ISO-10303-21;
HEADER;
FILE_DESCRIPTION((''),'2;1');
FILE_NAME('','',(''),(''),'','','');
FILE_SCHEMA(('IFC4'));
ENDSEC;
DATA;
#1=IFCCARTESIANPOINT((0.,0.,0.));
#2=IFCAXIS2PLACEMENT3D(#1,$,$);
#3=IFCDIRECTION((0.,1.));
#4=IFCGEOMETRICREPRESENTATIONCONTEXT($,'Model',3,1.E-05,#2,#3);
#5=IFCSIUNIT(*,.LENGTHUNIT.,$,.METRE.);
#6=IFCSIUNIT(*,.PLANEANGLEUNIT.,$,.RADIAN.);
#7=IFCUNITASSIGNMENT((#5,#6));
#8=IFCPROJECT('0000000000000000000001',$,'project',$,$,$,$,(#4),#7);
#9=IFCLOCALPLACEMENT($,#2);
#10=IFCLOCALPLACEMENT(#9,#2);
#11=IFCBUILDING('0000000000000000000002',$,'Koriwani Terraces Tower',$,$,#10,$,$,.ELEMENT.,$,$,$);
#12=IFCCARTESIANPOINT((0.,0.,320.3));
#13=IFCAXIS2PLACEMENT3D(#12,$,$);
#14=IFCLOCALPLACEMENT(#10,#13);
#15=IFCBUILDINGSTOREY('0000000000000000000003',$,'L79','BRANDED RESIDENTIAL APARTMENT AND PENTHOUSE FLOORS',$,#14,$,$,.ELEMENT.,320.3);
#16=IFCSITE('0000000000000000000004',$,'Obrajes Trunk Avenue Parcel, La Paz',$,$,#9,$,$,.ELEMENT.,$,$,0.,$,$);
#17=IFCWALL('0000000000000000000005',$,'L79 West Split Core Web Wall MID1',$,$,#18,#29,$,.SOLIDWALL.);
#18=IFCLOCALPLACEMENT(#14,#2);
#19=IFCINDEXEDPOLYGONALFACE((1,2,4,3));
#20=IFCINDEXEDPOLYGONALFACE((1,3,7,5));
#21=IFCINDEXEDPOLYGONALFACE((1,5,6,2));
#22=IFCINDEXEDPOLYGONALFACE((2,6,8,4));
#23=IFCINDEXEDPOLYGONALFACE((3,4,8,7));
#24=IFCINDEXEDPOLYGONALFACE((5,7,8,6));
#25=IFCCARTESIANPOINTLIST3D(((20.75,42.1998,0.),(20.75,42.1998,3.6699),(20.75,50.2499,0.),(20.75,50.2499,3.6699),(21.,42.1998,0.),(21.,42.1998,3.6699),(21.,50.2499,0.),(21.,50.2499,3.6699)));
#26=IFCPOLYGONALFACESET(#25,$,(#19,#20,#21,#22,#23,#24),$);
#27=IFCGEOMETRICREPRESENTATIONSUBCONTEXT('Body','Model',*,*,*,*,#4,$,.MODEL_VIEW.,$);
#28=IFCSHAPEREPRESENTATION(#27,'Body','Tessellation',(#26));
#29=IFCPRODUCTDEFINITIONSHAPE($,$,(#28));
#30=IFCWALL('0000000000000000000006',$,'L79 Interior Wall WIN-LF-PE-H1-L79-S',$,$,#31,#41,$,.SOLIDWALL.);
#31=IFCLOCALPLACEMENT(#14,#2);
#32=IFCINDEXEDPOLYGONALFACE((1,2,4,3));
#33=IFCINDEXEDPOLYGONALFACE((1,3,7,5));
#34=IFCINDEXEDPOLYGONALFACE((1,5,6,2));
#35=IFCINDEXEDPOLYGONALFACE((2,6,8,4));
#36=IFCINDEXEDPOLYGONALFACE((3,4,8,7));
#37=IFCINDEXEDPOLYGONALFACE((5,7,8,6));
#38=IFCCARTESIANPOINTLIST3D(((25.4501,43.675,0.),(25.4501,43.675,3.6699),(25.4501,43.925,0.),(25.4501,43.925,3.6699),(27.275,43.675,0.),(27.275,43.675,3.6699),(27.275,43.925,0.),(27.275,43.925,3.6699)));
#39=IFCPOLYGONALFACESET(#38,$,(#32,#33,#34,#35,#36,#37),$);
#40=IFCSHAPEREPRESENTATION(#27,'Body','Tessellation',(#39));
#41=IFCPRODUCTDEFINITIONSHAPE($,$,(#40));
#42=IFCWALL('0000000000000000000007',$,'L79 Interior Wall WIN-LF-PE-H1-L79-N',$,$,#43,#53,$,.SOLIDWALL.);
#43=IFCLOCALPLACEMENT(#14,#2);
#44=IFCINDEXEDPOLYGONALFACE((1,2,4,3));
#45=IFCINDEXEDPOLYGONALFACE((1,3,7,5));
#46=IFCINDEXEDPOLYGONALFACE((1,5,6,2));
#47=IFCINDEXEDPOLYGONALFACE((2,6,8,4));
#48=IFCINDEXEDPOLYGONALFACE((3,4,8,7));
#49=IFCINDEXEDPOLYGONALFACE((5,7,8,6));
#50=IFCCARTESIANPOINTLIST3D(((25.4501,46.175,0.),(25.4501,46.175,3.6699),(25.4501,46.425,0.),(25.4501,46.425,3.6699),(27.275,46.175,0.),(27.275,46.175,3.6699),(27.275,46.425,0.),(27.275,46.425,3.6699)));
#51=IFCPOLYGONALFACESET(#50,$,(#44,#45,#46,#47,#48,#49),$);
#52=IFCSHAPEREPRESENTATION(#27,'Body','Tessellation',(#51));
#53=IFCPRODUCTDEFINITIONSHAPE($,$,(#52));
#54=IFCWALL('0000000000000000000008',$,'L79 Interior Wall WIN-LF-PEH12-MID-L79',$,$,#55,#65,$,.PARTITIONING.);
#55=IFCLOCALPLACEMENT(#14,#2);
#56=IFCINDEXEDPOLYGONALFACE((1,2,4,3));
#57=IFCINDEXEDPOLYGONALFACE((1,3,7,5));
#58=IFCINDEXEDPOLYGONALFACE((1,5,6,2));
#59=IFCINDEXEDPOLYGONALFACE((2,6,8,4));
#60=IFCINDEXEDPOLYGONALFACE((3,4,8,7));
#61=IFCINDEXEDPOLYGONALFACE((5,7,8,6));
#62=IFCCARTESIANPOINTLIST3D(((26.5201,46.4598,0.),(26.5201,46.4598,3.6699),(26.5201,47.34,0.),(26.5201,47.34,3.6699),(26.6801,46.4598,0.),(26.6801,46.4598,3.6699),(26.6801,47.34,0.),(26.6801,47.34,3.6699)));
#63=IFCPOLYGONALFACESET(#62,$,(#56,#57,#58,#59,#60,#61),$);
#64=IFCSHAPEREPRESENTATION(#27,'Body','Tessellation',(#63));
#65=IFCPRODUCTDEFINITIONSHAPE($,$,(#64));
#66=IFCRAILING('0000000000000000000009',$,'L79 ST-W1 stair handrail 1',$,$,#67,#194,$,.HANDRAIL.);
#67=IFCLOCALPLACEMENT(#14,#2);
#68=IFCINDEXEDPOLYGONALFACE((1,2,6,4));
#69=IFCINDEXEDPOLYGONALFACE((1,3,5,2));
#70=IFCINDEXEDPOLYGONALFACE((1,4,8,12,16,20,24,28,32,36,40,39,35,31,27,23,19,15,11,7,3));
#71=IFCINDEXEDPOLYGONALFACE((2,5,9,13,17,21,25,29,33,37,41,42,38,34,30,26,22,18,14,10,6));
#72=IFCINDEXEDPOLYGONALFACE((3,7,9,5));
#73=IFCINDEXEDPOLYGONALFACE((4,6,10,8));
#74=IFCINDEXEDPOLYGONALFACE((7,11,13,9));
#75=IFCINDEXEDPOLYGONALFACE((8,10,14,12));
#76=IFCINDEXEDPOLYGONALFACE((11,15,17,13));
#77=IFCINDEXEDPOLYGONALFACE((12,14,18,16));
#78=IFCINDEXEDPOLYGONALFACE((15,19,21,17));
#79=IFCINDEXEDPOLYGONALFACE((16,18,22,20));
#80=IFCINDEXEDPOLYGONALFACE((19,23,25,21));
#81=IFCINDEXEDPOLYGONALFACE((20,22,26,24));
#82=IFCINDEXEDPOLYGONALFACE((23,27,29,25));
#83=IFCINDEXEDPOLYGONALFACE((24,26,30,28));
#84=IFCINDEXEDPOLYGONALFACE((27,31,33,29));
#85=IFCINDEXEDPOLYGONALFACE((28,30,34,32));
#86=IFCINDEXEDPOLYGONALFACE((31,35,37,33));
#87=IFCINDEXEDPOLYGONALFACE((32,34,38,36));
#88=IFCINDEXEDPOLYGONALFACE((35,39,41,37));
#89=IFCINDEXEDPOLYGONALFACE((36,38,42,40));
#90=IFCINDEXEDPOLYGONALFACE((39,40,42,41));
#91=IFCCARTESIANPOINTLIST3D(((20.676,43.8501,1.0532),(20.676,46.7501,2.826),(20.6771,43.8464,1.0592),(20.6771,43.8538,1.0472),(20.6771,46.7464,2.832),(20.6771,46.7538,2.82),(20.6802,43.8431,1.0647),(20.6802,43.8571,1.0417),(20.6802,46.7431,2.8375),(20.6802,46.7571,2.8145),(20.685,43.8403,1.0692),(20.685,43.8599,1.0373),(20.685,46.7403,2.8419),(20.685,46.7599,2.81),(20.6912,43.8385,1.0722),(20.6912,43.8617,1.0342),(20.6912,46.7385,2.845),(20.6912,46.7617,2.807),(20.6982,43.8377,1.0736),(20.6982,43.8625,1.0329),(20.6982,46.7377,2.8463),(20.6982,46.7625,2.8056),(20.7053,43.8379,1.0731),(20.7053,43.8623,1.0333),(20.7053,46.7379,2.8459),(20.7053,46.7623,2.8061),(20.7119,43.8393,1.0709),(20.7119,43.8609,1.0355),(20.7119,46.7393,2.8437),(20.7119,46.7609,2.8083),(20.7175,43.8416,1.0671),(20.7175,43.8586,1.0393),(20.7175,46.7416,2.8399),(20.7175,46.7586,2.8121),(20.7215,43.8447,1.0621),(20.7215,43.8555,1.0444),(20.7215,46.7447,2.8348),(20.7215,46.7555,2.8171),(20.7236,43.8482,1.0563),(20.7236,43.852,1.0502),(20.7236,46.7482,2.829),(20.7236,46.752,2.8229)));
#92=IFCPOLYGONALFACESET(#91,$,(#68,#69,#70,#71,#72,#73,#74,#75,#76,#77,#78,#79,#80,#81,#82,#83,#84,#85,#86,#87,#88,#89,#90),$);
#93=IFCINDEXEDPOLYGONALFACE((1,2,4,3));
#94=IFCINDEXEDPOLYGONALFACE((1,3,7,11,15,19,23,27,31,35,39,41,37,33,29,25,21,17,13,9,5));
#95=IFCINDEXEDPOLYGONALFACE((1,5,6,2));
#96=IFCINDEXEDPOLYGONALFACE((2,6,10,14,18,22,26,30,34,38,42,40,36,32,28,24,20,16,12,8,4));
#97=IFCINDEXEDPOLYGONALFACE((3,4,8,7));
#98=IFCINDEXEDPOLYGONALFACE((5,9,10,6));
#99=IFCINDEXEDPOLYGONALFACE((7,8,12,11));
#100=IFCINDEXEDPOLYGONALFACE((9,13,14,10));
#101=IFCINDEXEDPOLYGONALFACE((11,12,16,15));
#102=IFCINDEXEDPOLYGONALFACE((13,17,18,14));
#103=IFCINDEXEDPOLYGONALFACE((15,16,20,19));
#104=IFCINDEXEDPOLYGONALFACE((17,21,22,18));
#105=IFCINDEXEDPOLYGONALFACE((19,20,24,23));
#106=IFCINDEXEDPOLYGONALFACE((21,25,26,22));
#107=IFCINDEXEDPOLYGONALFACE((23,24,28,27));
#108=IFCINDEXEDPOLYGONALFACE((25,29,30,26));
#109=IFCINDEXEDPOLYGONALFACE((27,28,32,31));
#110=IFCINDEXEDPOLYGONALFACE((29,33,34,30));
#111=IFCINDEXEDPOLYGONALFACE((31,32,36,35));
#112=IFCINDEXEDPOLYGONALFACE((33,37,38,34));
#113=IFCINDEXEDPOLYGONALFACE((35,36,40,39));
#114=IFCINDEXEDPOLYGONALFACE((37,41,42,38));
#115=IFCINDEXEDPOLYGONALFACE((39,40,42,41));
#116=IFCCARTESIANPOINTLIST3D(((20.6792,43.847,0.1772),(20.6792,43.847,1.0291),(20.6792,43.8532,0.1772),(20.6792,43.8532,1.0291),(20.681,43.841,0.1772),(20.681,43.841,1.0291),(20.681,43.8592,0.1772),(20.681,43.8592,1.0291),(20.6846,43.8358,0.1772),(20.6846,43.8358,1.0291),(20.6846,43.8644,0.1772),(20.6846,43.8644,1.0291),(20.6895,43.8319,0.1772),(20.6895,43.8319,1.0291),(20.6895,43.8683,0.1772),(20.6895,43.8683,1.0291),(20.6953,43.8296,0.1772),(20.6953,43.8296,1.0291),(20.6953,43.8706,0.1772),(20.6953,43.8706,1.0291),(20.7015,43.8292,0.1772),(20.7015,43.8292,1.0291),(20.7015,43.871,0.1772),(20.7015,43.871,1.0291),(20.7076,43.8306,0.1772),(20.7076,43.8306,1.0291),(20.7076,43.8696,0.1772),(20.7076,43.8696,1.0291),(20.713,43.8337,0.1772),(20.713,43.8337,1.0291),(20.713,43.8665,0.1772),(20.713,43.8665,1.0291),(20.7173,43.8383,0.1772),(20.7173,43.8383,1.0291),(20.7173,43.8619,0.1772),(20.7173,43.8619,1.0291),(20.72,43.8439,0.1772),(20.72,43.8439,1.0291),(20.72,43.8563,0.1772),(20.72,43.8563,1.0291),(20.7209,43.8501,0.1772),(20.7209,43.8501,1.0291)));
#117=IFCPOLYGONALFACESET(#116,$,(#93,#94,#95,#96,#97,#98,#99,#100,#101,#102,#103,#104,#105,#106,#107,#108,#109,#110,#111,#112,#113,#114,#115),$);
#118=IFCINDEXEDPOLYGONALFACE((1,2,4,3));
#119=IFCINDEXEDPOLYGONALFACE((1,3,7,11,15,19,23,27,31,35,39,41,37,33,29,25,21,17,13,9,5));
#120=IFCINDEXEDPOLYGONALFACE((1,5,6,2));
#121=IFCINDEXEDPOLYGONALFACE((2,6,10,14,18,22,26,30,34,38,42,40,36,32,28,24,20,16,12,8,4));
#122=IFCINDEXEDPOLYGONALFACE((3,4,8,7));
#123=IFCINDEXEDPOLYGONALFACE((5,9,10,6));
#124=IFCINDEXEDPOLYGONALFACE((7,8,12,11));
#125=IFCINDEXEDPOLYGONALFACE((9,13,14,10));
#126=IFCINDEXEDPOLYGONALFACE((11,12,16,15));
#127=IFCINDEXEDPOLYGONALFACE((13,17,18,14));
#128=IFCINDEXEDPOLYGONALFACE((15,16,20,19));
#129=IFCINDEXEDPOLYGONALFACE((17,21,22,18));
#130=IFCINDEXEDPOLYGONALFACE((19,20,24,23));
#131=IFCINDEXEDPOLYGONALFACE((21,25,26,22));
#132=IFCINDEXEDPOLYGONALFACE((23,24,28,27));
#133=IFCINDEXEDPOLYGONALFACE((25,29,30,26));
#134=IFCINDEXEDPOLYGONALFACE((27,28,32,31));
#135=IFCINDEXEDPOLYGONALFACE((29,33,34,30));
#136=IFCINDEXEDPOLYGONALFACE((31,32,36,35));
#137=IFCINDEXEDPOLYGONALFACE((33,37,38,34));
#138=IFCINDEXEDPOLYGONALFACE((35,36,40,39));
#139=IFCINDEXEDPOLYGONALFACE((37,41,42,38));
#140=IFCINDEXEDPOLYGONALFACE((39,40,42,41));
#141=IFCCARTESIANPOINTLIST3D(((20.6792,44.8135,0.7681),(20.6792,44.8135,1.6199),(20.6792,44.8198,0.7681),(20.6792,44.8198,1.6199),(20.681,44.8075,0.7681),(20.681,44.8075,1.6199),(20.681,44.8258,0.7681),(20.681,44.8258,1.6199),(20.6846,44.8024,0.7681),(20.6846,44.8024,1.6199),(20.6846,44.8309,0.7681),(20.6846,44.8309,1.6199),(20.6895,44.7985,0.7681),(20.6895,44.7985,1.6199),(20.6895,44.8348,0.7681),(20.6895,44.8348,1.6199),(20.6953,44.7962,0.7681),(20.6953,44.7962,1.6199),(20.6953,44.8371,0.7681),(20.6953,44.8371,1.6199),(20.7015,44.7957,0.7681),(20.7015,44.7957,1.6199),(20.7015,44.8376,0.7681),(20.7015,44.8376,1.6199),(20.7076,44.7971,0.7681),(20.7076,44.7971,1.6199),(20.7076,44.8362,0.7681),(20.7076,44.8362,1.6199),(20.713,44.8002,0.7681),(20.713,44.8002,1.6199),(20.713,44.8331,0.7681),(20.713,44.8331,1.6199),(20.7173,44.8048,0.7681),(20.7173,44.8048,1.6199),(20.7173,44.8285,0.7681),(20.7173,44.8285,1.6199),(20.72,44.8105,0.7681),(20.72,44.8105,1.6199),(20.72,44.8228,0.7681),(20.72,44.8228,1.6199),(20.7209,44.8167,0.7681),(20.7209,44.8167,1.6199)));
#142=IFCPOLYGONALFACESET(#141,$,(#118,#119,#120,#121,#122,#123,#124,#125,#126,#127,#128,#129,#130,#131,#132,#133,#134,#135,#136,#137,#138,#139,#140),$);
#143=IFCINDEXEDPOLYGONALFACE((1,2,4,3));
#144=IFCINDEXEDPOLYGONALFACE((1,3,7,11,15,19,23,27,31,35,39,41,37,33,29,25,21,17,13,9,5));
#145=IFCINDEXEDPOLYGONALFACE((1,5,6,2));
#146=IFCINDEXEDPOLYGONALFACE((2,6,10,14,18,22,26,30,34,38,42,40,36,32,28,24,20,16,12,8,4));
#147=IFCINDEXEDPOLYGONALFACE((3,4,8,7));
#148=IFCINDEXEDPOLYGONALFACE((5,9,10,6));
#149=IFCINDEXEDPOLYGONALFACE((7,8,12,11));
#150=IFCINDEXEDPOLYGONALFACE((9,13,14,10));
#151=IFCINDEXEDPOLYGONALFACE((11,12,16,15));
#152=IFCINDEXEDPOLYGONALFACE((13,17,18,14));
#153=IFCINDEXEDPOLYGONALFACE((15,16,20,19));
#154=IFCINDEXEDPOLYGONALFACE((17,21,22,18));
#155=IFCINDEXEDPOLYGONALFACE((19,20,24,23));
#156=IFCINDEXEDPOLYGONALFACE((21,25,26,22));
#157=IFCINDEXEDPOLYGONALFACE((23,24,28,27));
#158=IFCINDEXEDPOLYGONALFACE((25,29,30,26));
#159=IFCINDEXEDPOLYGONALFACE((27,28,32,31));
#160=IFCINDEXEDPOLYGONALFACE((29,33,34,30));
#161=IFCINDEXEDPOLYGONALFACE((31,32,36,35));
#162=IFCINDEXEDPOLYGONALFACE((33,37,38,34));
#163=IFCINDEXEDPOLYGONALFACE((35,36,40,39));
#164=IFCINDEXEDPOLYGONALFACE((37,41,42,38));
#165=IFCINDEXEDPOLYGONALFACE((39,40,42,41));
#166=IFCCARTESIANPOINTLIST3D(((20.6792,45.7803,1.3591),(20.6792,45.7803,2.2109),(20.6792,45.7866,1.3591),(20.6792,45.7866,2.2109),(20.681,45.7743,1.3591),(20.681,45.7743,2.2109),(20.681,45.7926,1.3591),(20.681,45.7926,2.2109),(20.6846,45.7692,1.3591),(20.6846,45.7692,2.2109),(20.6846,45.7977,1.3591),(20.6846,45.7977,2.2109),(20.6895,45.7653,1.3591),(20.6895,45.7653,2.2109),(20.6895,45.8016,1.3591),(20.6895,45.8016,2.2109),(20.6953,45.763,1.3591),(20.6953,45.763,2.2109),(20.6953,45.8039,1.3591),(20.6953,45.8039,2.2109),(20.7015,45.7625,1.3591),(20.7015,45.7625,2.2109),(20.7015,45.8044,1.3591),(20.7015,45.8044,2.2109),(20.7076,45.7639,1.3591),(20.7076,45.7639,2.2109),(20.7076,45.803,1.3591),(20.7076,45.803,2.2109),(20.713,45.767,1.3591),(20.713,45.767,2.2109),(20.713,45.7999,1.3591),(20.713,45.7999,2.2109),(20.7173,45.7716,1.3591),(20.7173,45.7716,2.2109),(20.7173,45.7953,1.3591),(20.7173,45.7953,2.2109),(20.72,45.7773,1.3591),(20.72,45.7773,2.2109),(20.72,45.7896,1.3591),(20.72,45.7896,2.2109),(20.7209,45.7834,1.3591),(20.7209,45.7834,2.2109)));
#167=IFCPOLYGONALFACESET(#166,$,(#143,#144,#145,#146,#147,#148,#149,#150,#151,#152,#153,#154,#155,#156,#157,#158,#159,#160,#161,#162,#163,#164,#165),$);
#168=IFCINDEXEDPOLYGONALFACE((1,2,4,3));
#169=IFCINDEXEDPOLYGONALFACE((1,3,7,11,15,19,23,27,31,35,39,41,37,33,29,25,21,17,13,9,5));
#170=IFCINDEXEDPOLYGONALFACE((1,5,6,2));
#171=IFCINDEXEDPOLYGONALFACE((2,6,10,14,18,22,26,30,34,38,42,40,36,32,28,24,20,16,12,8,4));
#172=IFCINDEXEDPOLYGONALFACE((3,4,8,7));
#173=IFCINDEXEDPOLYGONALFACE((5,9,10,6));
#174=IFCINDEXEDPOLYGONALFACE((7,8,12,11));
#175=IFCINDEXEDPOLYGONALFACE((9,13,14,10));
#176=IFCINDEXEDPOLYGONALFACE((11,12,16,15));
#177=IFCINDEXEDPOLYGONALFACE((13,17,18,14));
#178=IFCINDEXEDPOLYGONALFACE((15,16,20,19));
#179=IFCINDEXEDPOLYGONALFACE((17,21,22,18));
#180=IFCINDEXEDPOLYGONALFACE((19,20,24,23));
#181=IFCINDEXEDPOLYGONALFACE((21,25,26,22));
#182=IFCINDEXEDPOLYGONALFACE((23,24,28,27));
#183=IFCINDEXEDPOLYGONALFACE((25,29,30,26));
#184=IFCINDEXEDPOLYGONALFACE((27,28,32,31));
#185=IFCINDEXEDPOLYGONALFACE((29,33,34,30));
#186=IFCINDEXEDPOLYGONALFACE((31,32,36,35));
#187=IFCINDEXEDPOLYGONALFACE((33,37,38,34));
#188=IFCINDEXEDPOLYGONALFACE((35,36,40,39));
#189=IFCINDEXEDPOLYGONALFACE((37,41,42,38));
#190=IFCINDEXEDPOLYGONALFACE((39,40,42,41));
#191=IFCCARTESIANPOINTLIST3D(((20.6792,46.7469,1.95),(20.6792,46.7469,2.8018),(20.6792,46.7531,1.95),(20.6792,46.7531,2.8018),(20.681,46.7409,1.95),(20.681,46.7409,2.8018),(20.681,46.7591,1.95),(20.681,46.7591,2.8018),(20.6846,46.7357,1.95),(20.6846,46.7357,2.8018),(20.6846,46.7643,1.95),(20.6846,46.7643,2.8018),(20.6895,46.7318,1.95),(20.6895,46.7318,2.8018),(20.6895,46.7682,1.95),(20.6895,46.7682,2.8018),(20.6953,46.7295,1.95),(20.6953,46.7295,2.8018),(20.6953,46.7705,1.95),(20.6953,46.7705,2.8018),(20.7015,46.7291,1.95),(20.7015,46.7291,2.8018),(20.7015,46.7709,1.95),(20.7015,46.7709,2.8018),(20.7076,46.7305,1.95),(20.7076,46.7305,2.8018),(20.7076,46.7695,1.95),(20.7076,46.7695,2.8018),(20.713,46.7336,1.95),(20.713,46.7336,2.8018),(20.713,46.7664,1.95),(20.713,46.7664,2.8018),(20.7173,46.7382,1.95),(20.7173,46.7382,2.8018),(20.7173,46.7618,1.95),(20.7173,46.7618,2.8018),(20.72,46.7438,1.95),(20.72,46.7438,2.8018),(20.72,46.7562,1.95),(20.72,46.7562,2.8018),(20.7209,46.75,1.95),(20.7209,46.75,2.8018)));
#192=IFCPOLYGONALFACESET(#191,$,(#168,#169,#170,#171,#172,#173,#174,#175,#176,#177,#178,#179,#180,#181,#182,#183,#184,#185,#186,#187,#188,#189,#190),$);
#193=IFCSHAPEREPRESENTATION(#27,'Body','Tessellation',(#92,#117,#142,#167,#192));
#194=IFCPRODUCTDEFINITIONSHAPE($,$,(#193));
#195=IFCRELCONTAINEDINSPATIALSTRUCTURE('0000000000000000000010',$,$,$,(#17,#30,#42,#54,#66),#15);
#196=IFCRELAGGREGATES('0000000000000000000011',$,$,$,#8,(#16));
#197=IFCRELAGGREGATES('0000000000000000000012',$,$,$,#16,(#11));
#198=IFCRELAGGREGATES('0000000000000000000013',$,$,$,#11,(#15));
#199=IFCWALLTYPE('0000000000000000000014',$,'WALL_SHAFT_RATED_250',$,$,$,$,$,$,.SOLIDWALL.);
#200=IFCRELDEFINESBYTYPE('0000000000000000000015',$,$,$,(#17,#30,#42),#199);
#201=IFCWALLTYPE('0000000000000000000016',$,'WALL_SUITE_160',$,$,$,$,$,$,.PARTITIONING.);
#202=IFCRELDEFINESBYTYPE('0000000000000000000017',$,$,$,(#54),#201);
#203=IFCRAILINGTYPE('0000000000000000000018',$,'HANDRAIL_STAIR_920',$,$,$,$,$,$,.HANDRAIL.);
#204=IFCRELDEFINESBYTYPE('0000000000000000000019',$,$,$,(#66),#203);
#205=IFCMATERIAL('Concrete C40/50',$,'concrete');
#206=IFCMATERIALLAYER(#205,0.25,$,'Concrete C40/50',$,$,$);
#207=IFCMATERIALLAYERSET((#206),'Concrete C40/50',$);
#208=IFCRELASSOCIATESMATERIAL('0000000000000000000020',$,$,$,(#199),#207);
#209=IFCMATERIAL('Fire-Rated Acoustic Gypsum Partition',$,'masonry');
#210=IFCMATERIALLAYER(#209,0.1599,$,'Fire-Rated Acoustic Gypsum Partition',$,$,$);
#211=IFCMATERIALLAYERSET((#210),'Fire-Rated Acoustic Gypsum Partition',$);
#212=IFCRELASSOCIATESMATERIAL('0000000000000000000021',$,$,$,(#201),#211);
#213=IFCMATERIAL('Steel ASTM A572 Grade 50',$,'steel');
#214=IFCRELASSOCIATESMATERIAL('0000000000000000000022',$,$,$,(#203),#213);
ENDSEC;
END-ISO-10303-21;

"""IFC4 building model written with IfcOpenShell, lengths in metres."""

from ifc_helpers import new_model, si_unit, direction, frame, frame_2d, origin, origin_2d, place, context, subcontext, project, spatial, rectangle, circle, extrude, material, layer, layer_set, type_object, element, save


model = new_model("IFC4")

# Units and contexts
model_context = context("Model", 3, precision=1e-05, world=origin(), true_north=direction((0.0, 1.0)))
body_context = subcontext(model_context, "Body", "Model", "MODEL_VIEW")
ifc_project = project(units=[si_unit("LENGTHUNIT", "METRE"), si_unit("PLANEANGLEUNIT", "RADIAN")], contexts=[model_context])

# Site, building, storey
site_placement = place(None, origin())
site = spatial("IfcSite", under=ifc_project, at=site_placement, Name="Obrajes Trunk Avenue Parcel, La Paz", CompositionType="ELEMENT", RefElevation=0.0)
building_placement = place(site_placement, origin())
building = spatial("IfcBuilding", under=site, at=building_placement, Name="Koriwani Terraces Tower", CompositionType="ELEMENT")
storey_placement = place(building_placement, frame((0.0, 0.0, 320.3)))
storey = spatial("IfcBuildingStorey", under=building, at=storey_placement, Name="L79", Description="BRANDED RESIDENTIAL APARTMENT AND PENTHOUSE FLOORS", CompositionType="ELEMENT", Elevation=320.3)

# Shared definitions
ifc_material_1 = material(Name="Concrete C40/50", Category="concrete")
ifc_material_2 = material(Name="Steel ASTM A572 Grade 50", Category="steel")

# Wall
ifc_layer_1 = layer(ifc_material_1, 0.25, Name="Concrete C40/50")
ifc_layer_set_1 = layer_set([ifc_layer_1], Name="Concrete C40/50")
wall_type_1 = type_object("IfcWallType", Name="WALL_SHAFT_RATED_250", PredefinedType="SOLIDWALL", material=ifc_layer_set_1)
wall_1_placement = place(storey_placement, frame((20.875, 42.2, 0.0), z_axis=(0.0, 0.0, 1.0), x_axis=(0.0, 1.0, 0.0)))
element("IfcWall", 1, at=wall_1_placement, inside=storey, type_object=wall_type_1, Name="L79 West Split Core Web Wall MID1", PredefinedType="SOLIDWALL", context=body_context, shape_type="SweptSolid", body=[
    extrude(rectangle(XDim=8.05, YDim=0.25, at=frame_2d((4.0249, 0.0))), origin(), (0.0, 0.0, 1.0), 3.6699),
])

# Walls
for number, where, z_axis, x_axis, name in (
    (2, (25.45, 43.8, 0.0), (0.0, 0.0, 1.0), (1.0, 0.0, 0.0), "L79 Interior Wall WIN-LF-PE-H1-L79-S"),
    (3, (25.45, 46.3, 0.0), (0.0, 0.0, 1.0), (1.0, 0.0, 0.0), "L79 Interior Wall WIN-LF-PE-H1-L79-N"),
):
    element("IfcWall", number, at=place(storey_placement, frame(where, z_axis=z_axis, x_axis=x_axis)), inside=storey, type_object=wall_type_1, Name=name, PredefinedType="SOLIDWALL", context=body_context, shape_type="SweptSolid", body=[
        extrude(rectangle(XDim=1.825, YDim=0.25, at=frame_2d((0.9126, 0.0))), origin(), (0.0, 0.0, 1.0), 3.6699),
    ])
ifc_material_3 = material(Name="Fire-Rated Acoustic Gypsum Partition", Category="masonry")
ifc_layer_2 = layer(ifc_material_3, 0.1599, Name="Fire-Rated Acoustic Gypsum Partition")
ifc_layer_set_2 = layer_set([ifc_layer_2], Name="Fire-Rated Acoustic Gypsum Partition")
wall_type_2 = type_object("IfcWallType", Name="WALL_SUITE_160", PredefinedType="PARTITIONING", material=ifc_layer_set_2)
wall_2_placement = place(storey_placement, frame((26.6001, 46.46, 0.0), z_axis=(0.0, 0.0, 1.0), x_axis=(0.0, 1.0, 0.0)))
element("IfcWall", 4, at=wall_2_placement, inside=storey, type_object=wall_type_2, Name="L79 Interior Wall WIN-LF-PEH12-MID-L79", PredefinedType="PARTITIONING", context=body_context, shape_type="SweptSolid", body=[
    extrude(rectangle(XDim=0.8801, YDim=0.1599, at=frame_2d((0.4399, 0.0))), origin(), (0.0, 0.0, 1.0), 3.6699),
])

# Railing
railing_type = type_object("IfcRailingType", Name="HANDRAIL_STAIR_920", PredefinedType="HANDRAIL", material=ifc_material_2)
railing_placement = place(storey_placement, frame((20.7, 43.8501, 0.1772)))
element("IfcRailing", 5, at=railing_placement, inside=storey, type_object=railing_type, Name="L79 ST-W1 stair handrail 1", PredefinedType="HANDRAIL", context=body_context, shape_type="SweptSolid", body=[
    extrude(circle(Radius=0.0239, at=origin_2d()), frame((0.0, 0.0, 0.876), z_axis=(0.0, 0.853211, 0.521566), x_axis=(-1.0, 0.0, 0.0)), (0.0, 0.0, 1.0), 3.3989),
    extrude(circle(Radius=0.021, at=origin_2d()), origin(), (0.0, 0.0, 1.0), 0.8518),
    extrude(circle(Radius=0.021, at=origin_2d()), frame((0.0, 0.9666, 0.5908)), (0.0, 0.0, 1.0), 0.8518),
    extrude(circle(Radius=0.021, at=origin_2d()), frame((0.0, 1.9333, 1.1819)), (0.0, 0.0, 1.0), 0.8518),
    extrude(circle(Radius=0.021, at=origin_2d()), frame((0.0, 2.8999, 1.7727)), (0.0, 0.0, 1.0), 0.8518),
])

save(model, "model.ifc")
